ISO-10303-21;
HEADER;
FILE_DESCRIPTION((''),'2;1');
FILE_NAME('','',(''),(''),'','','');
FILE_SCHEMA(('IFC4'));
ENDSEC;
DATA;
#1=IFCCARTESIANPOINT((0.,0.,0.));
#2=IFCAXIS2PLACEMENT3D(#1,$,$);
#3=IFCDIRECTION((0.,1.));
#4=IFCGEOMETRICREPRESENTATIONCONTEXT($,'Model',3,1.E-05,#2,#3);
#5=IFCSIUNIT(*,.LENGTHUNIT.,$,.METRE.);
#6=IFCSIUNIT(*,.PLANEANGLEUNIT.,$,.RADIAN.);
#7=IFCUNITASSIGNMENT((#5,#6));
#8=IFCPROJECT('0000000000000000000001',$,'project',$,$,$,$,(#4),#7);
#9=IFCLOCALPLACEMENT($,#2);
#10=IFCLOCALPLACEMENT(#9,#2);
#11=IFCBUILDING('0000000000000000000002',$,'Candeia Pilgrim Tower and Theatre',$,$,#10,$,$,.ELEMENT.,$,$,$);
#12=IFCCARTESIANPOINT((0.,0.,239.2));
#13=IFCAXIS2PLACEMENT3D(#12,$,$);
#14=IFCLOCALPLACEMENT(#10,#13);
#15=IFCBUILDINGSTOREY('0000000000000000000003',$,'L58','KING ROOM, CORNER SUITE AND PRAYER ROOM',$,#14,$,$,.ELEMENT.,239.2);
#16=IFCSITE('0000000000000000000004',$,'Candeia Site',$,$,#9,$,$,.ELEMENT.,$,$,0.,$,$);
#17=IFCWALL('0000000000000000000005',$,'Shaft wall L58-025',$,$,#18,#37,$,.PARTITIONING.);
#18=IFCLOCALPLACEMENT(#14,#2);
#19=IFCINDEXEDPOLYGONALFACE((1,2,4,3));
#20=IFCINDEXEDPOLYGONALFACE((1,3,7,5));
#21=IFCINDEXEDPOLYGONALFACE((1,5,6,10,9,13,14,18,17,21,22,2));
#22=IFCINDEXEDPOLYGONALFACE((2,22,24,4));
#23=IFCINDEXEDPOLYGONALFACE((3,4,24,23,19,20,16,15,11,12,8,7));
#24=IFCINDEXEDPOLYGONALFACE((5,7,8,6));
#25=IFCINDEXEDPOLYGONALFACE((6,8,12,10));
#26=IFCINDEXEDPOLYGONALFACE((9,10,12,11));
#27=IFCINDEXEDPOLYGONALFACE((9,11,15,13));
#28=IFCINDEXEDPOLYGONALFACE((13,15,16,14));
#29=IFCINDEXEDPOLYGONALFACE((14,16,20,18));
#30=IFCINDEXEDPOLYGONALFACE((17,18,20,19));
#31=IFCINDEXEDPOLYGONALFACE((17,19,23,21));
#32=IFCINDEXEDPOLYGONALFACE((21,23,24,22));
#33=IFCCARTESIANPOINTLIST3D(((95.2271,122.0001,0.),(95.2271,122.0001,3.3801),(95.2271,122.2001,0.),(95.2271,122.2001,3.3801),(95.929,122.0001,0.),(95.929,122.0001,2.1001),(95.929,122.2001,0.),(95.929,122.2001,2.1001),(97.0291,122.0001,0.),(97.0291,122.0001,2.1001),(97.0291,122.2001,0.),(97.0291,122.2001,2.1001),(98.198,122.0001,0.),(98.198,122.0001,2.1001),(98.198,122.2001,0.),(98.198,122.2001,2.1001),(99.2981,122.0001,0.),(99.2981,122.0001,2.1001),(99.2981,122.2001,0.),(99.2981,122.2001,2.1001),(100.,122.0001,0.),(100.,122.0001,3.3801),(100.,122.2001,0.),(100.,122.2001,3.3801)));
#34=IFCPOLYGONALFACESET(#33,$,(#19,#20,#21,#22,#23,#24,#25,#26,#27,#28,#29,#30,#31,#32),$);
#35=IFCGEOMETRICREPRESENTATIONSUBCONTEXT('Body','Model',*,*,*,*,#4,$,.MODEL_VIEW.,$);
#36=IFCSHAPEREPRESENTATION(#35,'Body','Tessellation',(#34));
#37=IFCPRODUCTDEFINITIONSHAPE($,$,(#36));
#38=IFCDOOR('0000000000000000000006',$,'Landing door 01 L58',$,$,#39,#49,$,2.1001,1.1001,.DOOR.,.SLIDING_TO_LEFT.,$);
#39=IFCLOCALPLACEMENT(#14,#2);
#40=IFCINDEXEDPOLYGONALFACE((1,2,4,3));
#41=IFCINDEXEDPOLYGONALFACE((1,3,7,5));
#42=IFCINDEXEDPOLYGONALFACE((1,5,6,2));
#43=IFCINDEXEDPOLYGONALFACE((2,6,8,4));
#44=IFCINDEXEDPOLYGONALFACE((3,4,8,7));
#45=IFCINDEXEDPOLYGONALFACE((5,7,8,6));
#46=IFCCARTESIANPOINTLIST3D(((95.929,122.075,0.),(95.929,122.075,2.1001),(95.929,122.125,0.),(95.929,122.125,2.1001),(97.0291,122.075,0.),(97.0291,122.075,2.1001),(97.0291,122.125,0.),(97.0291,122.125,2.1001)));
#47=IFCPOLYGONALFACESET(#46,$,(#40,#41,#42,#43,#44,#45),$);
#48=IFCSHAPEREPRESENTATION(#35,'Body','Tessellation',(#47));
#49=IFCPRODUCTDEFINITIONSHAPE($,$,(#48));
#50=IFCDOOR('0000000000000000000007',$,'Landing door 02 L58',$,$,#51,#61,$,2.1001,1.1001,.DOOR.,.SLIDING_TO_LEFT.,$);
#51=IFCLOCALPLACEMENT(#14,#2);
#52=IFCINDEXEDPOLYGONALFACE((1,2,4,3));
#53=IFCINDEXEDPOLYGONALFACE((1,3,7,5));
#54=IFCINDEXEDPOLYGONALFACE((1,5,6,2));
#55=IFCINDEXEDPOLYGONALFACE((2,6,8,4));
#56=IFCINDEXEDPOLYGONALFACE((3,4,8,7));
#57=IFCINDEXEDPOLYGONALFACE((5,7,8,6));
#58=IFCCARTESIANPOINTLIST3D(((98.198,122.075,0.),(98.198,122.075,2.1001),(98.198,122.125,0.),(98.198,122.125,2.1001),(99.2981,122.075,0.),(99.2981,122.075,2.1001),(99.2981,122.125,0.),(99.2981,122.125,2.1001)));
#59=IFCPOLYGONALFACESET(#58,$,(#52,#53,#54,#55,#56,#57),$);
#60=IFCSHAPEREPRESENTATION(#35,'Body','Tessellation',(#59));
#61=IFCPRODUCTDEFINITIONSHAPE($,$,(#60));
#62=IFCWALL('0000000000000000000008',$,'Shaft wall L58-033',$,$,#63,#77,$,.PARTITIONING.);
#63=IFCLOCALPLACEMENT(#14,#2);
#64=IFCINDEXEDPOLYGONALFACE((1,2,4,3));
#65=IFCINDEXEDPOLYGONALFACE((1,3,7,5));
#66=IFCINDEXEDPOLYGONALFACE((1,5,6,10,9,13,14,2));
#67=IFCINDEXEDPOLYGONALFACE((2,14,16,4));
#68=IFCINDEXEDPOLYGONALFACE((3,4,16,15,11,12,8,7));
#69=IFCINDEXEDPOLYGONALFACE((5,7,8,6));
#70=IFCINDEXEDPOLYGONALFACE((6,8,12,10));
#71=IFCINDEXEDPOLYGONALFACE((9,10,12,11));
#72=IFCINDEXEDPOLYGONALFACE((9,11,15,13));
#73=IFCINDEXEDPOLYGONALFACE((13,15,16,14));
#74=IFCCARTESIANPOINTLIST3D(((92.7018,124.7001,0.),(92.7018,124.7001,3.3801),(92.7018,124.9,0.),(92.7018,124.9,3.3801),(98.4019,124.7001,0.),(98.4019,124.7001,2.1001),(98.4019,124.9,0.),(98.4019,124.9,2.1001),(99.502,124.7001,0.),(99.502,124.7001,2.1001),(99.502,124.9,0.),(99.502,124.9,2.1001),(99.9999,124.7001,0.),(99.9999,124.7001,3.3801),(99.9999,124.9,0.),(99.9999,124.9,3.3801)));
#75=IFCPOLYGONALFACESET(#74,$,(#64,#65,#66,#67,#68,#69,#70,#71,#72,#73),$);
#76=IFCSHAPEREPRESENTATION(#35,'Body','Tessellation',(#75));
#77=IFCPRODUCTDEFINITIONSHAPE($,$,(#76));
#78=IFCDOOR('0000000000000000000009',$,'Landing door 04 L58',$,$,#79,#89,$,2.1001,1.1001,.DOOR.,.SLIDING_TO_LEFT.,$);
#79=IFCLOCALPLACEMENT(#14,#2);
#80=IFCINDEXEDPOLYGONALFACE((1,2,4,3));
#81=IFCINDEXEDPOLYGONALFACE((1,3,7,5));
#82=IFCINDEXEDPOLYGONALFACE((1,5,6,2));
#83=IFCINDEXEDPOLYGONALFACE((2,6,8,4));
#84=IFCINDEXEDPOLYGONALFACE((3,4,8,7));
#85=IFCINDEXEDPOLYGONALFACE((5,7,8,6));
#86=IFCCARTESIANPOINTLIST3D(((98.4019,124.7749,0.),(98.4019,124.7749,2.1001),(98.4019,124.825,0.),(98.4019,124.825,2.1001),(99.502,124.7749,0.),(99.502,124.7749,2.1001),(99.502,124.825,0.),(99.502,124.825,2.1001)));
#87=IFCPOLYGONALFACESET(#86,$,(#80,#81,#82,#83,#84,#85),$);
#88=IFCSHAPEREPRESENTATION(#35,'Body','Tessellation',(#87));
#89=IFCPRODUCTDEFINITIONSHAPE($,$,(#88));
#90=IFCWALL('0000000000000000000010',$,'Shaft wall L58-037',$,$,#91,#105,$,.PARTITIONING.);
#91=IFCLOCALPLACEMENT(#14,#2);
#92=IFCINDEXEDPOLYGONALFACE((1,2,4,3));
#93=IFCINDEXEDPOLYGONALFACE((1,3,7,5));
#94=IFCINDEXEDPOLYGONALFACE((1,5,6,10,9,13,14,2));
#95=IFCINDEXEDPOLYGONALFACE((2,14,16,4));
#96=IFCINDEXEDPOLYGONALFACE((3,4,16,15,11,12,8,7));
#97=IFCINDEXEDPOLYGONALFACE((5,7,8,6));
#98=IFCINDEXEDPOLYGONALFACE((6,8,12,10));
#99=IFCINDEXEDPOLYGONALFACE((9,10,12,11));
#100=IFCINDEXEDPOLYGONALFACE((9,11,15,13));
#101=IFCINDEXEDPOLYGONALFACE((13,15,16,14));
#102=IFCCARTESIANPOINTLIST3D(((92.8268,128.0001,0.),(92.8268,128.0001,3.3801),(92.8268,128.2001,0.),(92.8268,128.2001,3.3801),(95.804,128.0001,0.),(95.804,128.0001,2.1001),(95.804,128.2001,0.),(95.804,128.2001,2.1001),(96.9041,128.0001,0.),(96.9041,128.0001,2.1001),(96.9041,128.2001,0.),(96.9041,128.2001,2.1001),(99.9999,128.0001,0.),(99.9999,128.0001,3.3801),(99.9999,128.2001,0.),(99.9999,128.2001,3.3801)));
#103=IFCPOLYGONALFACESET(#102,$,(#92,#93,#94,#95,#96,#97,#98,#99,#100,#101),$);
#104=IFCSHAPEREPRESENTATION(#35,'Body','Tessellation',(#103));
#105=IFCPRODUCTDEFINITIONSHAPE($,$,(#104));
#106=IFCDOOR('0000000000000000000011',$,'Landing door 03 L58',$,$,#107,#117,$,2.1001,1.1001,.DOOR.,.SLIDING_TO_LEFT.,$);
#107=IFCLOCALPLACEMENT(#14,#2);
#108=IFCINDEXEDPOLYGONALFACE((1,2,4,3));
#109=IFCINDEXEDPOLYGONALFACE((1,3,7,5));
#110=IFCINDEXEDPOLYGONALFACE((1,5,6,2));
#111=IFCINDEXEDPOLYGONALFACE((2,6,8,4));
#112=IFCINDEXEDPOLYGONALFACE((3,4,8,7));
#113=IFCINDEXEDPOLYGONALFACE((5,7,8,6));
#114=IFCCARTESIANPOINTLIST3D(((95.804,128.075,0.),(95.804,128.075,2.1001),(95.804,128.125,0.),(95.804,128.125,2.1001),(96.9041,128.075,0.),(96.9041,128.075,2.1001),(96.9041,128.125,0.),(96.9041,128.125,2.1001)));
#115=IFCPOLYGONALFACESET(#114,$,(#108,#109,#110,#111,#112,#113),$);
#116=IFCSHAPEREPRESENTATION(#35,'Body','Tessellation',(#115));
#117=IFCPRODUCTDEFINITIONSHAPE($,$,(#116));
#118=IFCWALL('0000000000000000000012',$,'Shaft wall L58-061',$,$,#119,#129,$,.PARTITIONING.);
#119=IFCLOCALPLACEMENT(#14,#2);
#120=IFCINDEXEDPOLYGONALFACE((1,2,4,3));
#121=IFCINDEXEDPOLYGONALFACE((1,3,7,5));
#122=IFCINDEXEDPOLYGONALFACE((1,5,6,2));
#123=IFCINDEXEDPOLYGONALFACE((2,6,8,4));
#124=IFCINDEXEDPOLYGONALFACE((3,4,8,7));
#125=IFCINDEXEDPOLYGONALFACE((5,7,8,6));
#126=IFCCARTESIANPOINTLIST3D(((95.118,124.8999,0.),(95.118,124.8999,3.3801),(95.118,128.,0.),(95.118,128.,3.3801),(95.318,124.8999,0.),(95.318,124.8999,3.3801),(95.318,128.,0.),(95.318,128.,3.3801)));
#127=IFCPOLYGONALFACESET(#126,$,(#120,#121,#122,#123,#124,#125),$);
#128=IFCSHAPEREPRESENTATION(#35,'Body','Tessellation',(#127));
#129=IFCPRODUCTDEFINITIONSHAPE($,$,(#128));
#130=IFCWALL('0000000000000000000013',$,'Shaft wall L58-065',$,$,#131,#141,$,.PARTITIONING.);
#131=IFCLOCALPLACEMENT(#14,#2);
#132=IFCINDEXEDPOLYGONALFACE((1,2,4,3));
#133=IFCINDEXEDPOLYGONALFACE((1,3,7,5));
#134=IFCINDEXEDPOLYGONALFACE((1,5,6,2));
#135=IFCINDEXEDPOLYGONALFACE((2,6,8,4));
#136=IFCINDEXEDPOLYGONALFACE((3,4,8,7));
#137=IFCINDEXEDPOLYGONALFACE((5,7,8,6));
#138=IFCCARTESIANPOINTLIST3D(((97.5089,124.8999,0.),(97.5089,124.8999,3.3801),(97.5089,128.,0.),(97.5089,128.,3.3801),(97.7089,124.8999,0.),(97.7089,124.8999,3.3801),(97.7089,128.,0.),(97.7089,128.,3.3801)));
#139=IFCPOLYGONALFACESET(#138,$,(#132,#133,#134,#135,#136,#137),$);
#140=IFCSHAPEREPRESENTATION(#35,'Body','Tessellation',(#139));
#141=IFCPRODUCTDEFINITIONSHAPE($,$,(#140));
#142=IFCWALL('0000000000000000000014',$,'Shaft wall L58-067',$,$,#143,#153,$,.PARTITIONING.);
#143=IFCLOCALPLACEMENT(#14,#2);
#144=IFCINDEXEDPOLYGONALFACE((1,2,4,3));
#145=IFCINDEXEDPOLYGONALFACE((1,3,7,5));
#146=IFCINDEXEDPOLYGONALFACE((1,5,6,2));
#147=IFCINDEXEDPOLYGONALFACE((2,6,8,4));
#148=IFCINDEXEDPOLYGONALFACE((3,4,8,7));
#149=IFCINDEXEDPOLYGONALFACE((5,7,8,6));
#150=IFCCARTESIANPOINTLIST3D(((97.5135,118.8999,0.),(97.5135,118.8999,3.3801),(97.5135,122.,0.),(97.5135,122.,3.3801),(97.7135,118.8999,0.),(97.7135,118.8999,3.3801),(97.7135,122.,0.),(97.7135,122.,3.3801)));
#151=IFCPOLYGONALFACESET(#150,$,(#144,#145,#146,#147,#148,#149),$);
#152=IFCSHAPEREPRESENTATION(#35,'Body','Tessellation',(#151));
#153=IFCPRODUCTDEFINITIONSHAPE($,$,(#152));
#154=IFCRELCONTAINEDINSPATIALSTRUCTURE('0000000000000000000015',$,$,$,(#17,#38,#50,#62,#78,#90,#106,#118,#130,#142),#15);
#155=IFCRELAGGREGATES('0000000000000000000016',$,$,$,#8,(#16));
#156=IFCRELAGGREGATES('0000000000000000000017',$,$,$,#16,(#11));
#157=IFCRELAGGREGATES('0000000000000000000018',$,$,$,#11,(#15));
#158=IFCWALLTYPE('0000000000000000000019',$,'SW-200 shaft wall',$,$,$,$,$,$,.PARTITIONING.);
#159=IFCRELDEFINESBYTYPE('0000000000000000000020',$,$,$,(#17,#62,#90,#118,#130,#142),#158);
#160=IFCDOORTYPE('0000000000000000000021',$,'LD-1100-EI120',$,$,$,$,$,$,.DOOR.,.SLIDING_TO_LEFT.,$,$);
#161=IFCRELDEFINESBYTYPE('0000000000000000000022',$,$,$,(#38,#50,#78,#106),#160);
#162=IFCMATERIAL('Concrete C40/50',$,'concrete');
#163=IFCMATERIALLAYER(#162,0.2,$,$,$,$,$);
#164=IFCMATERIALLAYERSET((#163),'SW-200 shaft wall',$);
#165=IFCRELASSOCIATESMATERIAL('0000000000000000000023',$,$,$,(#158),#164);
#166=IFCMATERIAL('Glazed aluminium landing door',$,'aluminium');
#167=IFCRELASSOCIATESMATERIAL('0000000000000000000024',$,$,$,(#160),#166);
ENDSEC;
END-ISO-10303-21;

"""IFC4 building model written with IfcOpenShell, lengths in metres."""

from ifc_helpers import new_model, si_unit, direction, frame, frame_2d, origin, place, context, subcontext, project, spatial, rectangle, extrude, material, layer, layer_set, type_object, element, fill, save


model = new_model("IFC4")

# Units and contexts
model_context = context("Model", 3, precision=1e-05, world=origin(), true_north=direction((0.0, 1.0)))
body_context = subcontext(model_context, "Body", "Model", "MODEL_VIEW")
ifc_project = project(units=[si_unit("LENGTHUNIT", "METRE"), si_unit("PLANEANGLEUNIT", "RADIAN")], contexts=[model_context])

# Site, building, storey
site_placement = place(None, origin())
site = spatial("IfcSite", under=ifc_project, at=site_placement, Name="Candeia Site", CompositionType="ELEMENT", RefElevation=0.0)
building_placement = place(site_placement, origin())
building = spatial("IfcBuilding", under=site, at=building_placement, Name="Candeia Pilgrim Tower and Theatre", CompositionType="ELEMENT")
storey_placement = place(building_placement, frame((0.0, 0.0, 239.2)))
storey = spatial("IfcBuildingStorey", under=building, at=storey_placement, Name="L58", Description="KING ROOM, CORNER SUITE AND PRAYER ROOM", CompositionType="ELEMENT", Elevation=239.2)

# Shared definitions
ifc_material_1 = material(Name="Concrete C40/50", Category="concrete")
ifc_layer_1 = layer(ifc_material_1, 0.2)
ifc_layer_set_1 = layer_set([ifc_layer_1], Name="SW-200 shaft wall")
wall_type_1 = type_object("IfcWallType", Name="SW-200 shaft wall", PredefinedType="PARTITIONING", material=ifc_layer_set_1)

# Wall, openings, doors
wall_1_placement = place(storey_placement, frame((95.2271, 122.1001, 0.0), z_axis=(0.0, 0.0, 1.0), x_axis=(1.0, 0.0, 0.0)))
wall_1 = element("IfcWall", 1, at=wall_1_placement, inside=storey, type_object=wall_type_1, Name="Shaft wall L58-025", PredefinedType="PARTITIONING", context=body_context, shape_type="SweptSolid", body=[
    extrude(rectangle(XDim=4.7729, YDim=0.2, at=frame_2d((2.3865, 0.0))), origin(), (0.0, 0.0, 1.0), 3.3801),
])
opening_1_placement = place(wall_1_placement, frame((0.7019, 0.0, 0.0)))
opening_1 = element("IfcOpeningElement", 2, at=opening_1_placement, cuts=wall_1, PredefinedType="OPENING", context=body_context, shape_type="SweptSolid", body=[
    extrude(rectangle(XDim=1.1001, YDim=2.1001, at=frame_2d((0.55, 1.05))), frame((0.0, 0.1099, 0.0), z_axis=(0.0, -1.0, 0.0), x_axis=(1.0, 0.0, 0.0)), (0.0, 0.0, 1.0), 0.22),
])
opening_2_placement = place(wall_1_placement, frame((2.9709, 0.0, 0.0)))
opening_2 = element("IfcOpeningElement", 3, at=opening_2_placement, cuts=wall_1, PredefinedType="OPENING", context=body_context, shape_type="SweptSolid", body=[
    extrude(rectangle(XDim=1.1001, YDim=2.1001, at=frame_2d((0.55, 1.05))), frame((0.0, 0.1099, 0.0), z_axis=(0.0, -1.0, 0.0), x_axis=(1.0, 0.0, 0.0)), (0.0, 0.0, 1.0), 0.22),
])
ifc_material_2 = material(Name="Glazed aluminium landing door", Category="aluminium")
door_type_1 = type_object("IfcDoorType", Name="LD-1100-EI120", OperationType="SLIDING_TO_LEFT", PredefinedType="DOOR", material=ifc_material_2)
door_1_placement = place(opening_1_placement, origin())
door_1 = element("IfcDoor", 4, at=door_1_placement, inside=storey, type_object=door_type_1, Name="Landing door 01 L58", OperationType="SLIDING_TO_LEFT", OverallHeight=2.1001, OverallWidth=1.1001, PredefinedType="DOOR", context=body_context, shape_type="SweptSolid", body=[
    extrude(rectangle(XDim=1.1001, YDim=2.1001, at=frame_2d((0.55, 1.05))), frame((0.0, 0.0249, 0.0), z_axis=(0.0, -1.0, 0.0), x_axis=(1.0, 0.0, 0.0)), (0.0, 0.0, 1.0), 0.05),
])
fill(opening_1, door_1)
door_2_placement = place(opening_2_placement, origin())
door_2 = element("IfcDoor", 5, at=door_2_placement, inside=storey, type_object=door_type_1, Name="Landing door 02 L58", OperationType="SLIDING_TO_LEFT", OverallHeight=2.1001, OverallWidth=1.1001, PredefinedType="DOOR", context=body_context, shape_type="SweptSolid", body=[
    extrude(rectangle(XDim=1.1001, YDim=2.1001, at=frame_2d((0.55, 1.05))), frame((0.0, 0.0249, 0.0), z_axis=(0.0, -1.0, 0.0), x_axis=(1.0, 0.0, 0.0)), (0.0, 0.0, 1.0), 0.05),
])
fill(opening_2, door_2)

# Walls, openings, doors
wall_2_placement = place(storey_placement, frame((92.7019, 124.8, 0.0), z_axis=(0.0, 0.0, 1.0), x_axis=(1.0, 0.0, 0.0)))
wall_2 = element("IfcWall", 6, at=wall_2_placement, inside=storey, type_object=wall_type_1, Name="Shaft wall L58-033", PredefinedType="PARTITIONING", context=body_context, shape_type="SweptSolid", body=[
    extrude(rectangle(XDim=7.2981, YDim=0.2, at=frame_2d((3.6489, 0.0))), origin(), (0.0, 0.0, 1.0), 3.3801),
])
opening_3_placement = place(wall_2_placement, frame((5.7, 0.0, 0.0)))
opening_3 = element("IfcOpeningElement", 7, at=opening_3_placement, cuts=wall_2, PredefinedType="OPENING", context=body_context, shape_type="SweptSolid", body=[
    extrude(rectangle(XDim=1.1001, YDim=2.1001, at=frame_2d((0.55, 1.05))), frame((0.0, 0.1099, 0.0), z_axis=(0.0, -1.0, 0.0), x_axis=(1.0, 0.0, 0.0)), (0.0, 0.0, 1.0), 0.22),
])
door_3_placement = place(opening_3_placement, origin())
door_3 = element("IfcDoor", 8, at=door_3_placement, inside=storey, type_object=door_type_1, Name="Landing door 04 L58", OperationType="SLIDING_TO_LEFT", OverallHeight=2.1001, OverallWidth=1.1001, PredefinedType="DOOR", context=body_context, shape_type="SweptSolid", body=[
    extrude(rectangle(XDim=1.1001, YDim=2.1001, at=frame_2d((0.55, 1.05))), frame((0.0, 0.0249, 0.0), z_axis=(0.0, -1.0, 0.0), x_axis=(1.0, 0.0, 0.0)), (0.0, 0.0, 1.0), 0.05),
])
fill(opening_3, door_3)
wall_3_placement = place(storey_placement, frame((92.8269, 128.1001, 0.0), z_axis=(0.0, 0.0, 1.0), x_axis=(1.0, 0.0, 0.0)))
wall_3 = element("IfcWall", 9, at=wall_3_placement, inside=storey, type_object=wall_type_1, Name="Shaft wall L58-037", PredefinedType="PARTITIONING", context=body_context, shape_type="SweptSolid", body=[
    extrude(rectangle(XDim=7.1731, YDim=0.2, at=frame_2d((3.5864, 0.0))), origin(), (0.0, 0.0, 1.0), 3.3801),
])
opening_4_placement = place(wall_3_placement, frame((2.9771, 0.0, 0.0)))
opening_4 = element("IfcOpeningElement", 10, at=opening_4_placement, cuts=wall_3, PredefinedType="OPENING", context=body_context, shape_type="SweptSolid", body=[
    extrude(rectangle(XDim=1.1001, YDim=2.1001, at=frame_2d((0.55, 1.05))), frame((0.0, 0.1099, 0.0), z_axis=(0.0, -1.0, 0.0), x_axis=(1.0, 0.0, 0.0)), (0.0, 0.0, 1.0), 0.22),
])
door_4_placement = place(opening_4_placement, origin())
door_4 = element("IfcDoor", 11, at=door_4_placement, inside=storey, type_object=door_type_1, Name="Landing door 03 L58", OperationType="SLIDING_TO_LEFT", OverallHeight=2.1001, OverallWidth=1.1001, PredefinedType="DOOR", context=body_context, shape_type="SweptSolid", body=[
    extrude(rectangle(XDim=1.1001, YDim=2.1001, at=frame_2d((0.55, 1.05))), frame((0.0, 0.0249, 0.0), z_axis=(0.0, -1.0, 0.0), x_axis=(1.0, 0.0, 0.0)), (0.0, 0.0, 1.0), 0.05),
])
fill(opening_4, door_4)

# Walls
for number, where, z_axis, x_axis, name in (
    (12, (95.218, 124.8999, 0.0), (0.0, 0.0, 1.0), (0.0, 1.0, 0.0), "Shaft wall L58-061"),
    (13, (97.6089, 124.8999, 0.0), (0.0, 0.0, 1.0), (0.0, 1.0, 0.0), "Shaft wall L58-065"),
    (14, (97.6135, 118.8999, 0.0), (0.0, 0.0, 1.0), (0.0, 1.0, 0.0), "Shaft wall L58-067"),
):
    element("IfcWall", number, at=place(storey_placement, frame(where, z_axis=z_axis, x_axis=x_axis)), inside=storey, type_object=wall_type_1, Name=name, PredefinedType="PARTITIONING", context=body_context, shape_type="SweptSolid", body=[
        extrude(rectangle(XDim=3.1001, YDim=0.2, at=frame_2d((1.55, 0.0))), origin(), (0.0, 0.0, 1.0), 3.3801),
    ])

save(model, "model.ifc")
